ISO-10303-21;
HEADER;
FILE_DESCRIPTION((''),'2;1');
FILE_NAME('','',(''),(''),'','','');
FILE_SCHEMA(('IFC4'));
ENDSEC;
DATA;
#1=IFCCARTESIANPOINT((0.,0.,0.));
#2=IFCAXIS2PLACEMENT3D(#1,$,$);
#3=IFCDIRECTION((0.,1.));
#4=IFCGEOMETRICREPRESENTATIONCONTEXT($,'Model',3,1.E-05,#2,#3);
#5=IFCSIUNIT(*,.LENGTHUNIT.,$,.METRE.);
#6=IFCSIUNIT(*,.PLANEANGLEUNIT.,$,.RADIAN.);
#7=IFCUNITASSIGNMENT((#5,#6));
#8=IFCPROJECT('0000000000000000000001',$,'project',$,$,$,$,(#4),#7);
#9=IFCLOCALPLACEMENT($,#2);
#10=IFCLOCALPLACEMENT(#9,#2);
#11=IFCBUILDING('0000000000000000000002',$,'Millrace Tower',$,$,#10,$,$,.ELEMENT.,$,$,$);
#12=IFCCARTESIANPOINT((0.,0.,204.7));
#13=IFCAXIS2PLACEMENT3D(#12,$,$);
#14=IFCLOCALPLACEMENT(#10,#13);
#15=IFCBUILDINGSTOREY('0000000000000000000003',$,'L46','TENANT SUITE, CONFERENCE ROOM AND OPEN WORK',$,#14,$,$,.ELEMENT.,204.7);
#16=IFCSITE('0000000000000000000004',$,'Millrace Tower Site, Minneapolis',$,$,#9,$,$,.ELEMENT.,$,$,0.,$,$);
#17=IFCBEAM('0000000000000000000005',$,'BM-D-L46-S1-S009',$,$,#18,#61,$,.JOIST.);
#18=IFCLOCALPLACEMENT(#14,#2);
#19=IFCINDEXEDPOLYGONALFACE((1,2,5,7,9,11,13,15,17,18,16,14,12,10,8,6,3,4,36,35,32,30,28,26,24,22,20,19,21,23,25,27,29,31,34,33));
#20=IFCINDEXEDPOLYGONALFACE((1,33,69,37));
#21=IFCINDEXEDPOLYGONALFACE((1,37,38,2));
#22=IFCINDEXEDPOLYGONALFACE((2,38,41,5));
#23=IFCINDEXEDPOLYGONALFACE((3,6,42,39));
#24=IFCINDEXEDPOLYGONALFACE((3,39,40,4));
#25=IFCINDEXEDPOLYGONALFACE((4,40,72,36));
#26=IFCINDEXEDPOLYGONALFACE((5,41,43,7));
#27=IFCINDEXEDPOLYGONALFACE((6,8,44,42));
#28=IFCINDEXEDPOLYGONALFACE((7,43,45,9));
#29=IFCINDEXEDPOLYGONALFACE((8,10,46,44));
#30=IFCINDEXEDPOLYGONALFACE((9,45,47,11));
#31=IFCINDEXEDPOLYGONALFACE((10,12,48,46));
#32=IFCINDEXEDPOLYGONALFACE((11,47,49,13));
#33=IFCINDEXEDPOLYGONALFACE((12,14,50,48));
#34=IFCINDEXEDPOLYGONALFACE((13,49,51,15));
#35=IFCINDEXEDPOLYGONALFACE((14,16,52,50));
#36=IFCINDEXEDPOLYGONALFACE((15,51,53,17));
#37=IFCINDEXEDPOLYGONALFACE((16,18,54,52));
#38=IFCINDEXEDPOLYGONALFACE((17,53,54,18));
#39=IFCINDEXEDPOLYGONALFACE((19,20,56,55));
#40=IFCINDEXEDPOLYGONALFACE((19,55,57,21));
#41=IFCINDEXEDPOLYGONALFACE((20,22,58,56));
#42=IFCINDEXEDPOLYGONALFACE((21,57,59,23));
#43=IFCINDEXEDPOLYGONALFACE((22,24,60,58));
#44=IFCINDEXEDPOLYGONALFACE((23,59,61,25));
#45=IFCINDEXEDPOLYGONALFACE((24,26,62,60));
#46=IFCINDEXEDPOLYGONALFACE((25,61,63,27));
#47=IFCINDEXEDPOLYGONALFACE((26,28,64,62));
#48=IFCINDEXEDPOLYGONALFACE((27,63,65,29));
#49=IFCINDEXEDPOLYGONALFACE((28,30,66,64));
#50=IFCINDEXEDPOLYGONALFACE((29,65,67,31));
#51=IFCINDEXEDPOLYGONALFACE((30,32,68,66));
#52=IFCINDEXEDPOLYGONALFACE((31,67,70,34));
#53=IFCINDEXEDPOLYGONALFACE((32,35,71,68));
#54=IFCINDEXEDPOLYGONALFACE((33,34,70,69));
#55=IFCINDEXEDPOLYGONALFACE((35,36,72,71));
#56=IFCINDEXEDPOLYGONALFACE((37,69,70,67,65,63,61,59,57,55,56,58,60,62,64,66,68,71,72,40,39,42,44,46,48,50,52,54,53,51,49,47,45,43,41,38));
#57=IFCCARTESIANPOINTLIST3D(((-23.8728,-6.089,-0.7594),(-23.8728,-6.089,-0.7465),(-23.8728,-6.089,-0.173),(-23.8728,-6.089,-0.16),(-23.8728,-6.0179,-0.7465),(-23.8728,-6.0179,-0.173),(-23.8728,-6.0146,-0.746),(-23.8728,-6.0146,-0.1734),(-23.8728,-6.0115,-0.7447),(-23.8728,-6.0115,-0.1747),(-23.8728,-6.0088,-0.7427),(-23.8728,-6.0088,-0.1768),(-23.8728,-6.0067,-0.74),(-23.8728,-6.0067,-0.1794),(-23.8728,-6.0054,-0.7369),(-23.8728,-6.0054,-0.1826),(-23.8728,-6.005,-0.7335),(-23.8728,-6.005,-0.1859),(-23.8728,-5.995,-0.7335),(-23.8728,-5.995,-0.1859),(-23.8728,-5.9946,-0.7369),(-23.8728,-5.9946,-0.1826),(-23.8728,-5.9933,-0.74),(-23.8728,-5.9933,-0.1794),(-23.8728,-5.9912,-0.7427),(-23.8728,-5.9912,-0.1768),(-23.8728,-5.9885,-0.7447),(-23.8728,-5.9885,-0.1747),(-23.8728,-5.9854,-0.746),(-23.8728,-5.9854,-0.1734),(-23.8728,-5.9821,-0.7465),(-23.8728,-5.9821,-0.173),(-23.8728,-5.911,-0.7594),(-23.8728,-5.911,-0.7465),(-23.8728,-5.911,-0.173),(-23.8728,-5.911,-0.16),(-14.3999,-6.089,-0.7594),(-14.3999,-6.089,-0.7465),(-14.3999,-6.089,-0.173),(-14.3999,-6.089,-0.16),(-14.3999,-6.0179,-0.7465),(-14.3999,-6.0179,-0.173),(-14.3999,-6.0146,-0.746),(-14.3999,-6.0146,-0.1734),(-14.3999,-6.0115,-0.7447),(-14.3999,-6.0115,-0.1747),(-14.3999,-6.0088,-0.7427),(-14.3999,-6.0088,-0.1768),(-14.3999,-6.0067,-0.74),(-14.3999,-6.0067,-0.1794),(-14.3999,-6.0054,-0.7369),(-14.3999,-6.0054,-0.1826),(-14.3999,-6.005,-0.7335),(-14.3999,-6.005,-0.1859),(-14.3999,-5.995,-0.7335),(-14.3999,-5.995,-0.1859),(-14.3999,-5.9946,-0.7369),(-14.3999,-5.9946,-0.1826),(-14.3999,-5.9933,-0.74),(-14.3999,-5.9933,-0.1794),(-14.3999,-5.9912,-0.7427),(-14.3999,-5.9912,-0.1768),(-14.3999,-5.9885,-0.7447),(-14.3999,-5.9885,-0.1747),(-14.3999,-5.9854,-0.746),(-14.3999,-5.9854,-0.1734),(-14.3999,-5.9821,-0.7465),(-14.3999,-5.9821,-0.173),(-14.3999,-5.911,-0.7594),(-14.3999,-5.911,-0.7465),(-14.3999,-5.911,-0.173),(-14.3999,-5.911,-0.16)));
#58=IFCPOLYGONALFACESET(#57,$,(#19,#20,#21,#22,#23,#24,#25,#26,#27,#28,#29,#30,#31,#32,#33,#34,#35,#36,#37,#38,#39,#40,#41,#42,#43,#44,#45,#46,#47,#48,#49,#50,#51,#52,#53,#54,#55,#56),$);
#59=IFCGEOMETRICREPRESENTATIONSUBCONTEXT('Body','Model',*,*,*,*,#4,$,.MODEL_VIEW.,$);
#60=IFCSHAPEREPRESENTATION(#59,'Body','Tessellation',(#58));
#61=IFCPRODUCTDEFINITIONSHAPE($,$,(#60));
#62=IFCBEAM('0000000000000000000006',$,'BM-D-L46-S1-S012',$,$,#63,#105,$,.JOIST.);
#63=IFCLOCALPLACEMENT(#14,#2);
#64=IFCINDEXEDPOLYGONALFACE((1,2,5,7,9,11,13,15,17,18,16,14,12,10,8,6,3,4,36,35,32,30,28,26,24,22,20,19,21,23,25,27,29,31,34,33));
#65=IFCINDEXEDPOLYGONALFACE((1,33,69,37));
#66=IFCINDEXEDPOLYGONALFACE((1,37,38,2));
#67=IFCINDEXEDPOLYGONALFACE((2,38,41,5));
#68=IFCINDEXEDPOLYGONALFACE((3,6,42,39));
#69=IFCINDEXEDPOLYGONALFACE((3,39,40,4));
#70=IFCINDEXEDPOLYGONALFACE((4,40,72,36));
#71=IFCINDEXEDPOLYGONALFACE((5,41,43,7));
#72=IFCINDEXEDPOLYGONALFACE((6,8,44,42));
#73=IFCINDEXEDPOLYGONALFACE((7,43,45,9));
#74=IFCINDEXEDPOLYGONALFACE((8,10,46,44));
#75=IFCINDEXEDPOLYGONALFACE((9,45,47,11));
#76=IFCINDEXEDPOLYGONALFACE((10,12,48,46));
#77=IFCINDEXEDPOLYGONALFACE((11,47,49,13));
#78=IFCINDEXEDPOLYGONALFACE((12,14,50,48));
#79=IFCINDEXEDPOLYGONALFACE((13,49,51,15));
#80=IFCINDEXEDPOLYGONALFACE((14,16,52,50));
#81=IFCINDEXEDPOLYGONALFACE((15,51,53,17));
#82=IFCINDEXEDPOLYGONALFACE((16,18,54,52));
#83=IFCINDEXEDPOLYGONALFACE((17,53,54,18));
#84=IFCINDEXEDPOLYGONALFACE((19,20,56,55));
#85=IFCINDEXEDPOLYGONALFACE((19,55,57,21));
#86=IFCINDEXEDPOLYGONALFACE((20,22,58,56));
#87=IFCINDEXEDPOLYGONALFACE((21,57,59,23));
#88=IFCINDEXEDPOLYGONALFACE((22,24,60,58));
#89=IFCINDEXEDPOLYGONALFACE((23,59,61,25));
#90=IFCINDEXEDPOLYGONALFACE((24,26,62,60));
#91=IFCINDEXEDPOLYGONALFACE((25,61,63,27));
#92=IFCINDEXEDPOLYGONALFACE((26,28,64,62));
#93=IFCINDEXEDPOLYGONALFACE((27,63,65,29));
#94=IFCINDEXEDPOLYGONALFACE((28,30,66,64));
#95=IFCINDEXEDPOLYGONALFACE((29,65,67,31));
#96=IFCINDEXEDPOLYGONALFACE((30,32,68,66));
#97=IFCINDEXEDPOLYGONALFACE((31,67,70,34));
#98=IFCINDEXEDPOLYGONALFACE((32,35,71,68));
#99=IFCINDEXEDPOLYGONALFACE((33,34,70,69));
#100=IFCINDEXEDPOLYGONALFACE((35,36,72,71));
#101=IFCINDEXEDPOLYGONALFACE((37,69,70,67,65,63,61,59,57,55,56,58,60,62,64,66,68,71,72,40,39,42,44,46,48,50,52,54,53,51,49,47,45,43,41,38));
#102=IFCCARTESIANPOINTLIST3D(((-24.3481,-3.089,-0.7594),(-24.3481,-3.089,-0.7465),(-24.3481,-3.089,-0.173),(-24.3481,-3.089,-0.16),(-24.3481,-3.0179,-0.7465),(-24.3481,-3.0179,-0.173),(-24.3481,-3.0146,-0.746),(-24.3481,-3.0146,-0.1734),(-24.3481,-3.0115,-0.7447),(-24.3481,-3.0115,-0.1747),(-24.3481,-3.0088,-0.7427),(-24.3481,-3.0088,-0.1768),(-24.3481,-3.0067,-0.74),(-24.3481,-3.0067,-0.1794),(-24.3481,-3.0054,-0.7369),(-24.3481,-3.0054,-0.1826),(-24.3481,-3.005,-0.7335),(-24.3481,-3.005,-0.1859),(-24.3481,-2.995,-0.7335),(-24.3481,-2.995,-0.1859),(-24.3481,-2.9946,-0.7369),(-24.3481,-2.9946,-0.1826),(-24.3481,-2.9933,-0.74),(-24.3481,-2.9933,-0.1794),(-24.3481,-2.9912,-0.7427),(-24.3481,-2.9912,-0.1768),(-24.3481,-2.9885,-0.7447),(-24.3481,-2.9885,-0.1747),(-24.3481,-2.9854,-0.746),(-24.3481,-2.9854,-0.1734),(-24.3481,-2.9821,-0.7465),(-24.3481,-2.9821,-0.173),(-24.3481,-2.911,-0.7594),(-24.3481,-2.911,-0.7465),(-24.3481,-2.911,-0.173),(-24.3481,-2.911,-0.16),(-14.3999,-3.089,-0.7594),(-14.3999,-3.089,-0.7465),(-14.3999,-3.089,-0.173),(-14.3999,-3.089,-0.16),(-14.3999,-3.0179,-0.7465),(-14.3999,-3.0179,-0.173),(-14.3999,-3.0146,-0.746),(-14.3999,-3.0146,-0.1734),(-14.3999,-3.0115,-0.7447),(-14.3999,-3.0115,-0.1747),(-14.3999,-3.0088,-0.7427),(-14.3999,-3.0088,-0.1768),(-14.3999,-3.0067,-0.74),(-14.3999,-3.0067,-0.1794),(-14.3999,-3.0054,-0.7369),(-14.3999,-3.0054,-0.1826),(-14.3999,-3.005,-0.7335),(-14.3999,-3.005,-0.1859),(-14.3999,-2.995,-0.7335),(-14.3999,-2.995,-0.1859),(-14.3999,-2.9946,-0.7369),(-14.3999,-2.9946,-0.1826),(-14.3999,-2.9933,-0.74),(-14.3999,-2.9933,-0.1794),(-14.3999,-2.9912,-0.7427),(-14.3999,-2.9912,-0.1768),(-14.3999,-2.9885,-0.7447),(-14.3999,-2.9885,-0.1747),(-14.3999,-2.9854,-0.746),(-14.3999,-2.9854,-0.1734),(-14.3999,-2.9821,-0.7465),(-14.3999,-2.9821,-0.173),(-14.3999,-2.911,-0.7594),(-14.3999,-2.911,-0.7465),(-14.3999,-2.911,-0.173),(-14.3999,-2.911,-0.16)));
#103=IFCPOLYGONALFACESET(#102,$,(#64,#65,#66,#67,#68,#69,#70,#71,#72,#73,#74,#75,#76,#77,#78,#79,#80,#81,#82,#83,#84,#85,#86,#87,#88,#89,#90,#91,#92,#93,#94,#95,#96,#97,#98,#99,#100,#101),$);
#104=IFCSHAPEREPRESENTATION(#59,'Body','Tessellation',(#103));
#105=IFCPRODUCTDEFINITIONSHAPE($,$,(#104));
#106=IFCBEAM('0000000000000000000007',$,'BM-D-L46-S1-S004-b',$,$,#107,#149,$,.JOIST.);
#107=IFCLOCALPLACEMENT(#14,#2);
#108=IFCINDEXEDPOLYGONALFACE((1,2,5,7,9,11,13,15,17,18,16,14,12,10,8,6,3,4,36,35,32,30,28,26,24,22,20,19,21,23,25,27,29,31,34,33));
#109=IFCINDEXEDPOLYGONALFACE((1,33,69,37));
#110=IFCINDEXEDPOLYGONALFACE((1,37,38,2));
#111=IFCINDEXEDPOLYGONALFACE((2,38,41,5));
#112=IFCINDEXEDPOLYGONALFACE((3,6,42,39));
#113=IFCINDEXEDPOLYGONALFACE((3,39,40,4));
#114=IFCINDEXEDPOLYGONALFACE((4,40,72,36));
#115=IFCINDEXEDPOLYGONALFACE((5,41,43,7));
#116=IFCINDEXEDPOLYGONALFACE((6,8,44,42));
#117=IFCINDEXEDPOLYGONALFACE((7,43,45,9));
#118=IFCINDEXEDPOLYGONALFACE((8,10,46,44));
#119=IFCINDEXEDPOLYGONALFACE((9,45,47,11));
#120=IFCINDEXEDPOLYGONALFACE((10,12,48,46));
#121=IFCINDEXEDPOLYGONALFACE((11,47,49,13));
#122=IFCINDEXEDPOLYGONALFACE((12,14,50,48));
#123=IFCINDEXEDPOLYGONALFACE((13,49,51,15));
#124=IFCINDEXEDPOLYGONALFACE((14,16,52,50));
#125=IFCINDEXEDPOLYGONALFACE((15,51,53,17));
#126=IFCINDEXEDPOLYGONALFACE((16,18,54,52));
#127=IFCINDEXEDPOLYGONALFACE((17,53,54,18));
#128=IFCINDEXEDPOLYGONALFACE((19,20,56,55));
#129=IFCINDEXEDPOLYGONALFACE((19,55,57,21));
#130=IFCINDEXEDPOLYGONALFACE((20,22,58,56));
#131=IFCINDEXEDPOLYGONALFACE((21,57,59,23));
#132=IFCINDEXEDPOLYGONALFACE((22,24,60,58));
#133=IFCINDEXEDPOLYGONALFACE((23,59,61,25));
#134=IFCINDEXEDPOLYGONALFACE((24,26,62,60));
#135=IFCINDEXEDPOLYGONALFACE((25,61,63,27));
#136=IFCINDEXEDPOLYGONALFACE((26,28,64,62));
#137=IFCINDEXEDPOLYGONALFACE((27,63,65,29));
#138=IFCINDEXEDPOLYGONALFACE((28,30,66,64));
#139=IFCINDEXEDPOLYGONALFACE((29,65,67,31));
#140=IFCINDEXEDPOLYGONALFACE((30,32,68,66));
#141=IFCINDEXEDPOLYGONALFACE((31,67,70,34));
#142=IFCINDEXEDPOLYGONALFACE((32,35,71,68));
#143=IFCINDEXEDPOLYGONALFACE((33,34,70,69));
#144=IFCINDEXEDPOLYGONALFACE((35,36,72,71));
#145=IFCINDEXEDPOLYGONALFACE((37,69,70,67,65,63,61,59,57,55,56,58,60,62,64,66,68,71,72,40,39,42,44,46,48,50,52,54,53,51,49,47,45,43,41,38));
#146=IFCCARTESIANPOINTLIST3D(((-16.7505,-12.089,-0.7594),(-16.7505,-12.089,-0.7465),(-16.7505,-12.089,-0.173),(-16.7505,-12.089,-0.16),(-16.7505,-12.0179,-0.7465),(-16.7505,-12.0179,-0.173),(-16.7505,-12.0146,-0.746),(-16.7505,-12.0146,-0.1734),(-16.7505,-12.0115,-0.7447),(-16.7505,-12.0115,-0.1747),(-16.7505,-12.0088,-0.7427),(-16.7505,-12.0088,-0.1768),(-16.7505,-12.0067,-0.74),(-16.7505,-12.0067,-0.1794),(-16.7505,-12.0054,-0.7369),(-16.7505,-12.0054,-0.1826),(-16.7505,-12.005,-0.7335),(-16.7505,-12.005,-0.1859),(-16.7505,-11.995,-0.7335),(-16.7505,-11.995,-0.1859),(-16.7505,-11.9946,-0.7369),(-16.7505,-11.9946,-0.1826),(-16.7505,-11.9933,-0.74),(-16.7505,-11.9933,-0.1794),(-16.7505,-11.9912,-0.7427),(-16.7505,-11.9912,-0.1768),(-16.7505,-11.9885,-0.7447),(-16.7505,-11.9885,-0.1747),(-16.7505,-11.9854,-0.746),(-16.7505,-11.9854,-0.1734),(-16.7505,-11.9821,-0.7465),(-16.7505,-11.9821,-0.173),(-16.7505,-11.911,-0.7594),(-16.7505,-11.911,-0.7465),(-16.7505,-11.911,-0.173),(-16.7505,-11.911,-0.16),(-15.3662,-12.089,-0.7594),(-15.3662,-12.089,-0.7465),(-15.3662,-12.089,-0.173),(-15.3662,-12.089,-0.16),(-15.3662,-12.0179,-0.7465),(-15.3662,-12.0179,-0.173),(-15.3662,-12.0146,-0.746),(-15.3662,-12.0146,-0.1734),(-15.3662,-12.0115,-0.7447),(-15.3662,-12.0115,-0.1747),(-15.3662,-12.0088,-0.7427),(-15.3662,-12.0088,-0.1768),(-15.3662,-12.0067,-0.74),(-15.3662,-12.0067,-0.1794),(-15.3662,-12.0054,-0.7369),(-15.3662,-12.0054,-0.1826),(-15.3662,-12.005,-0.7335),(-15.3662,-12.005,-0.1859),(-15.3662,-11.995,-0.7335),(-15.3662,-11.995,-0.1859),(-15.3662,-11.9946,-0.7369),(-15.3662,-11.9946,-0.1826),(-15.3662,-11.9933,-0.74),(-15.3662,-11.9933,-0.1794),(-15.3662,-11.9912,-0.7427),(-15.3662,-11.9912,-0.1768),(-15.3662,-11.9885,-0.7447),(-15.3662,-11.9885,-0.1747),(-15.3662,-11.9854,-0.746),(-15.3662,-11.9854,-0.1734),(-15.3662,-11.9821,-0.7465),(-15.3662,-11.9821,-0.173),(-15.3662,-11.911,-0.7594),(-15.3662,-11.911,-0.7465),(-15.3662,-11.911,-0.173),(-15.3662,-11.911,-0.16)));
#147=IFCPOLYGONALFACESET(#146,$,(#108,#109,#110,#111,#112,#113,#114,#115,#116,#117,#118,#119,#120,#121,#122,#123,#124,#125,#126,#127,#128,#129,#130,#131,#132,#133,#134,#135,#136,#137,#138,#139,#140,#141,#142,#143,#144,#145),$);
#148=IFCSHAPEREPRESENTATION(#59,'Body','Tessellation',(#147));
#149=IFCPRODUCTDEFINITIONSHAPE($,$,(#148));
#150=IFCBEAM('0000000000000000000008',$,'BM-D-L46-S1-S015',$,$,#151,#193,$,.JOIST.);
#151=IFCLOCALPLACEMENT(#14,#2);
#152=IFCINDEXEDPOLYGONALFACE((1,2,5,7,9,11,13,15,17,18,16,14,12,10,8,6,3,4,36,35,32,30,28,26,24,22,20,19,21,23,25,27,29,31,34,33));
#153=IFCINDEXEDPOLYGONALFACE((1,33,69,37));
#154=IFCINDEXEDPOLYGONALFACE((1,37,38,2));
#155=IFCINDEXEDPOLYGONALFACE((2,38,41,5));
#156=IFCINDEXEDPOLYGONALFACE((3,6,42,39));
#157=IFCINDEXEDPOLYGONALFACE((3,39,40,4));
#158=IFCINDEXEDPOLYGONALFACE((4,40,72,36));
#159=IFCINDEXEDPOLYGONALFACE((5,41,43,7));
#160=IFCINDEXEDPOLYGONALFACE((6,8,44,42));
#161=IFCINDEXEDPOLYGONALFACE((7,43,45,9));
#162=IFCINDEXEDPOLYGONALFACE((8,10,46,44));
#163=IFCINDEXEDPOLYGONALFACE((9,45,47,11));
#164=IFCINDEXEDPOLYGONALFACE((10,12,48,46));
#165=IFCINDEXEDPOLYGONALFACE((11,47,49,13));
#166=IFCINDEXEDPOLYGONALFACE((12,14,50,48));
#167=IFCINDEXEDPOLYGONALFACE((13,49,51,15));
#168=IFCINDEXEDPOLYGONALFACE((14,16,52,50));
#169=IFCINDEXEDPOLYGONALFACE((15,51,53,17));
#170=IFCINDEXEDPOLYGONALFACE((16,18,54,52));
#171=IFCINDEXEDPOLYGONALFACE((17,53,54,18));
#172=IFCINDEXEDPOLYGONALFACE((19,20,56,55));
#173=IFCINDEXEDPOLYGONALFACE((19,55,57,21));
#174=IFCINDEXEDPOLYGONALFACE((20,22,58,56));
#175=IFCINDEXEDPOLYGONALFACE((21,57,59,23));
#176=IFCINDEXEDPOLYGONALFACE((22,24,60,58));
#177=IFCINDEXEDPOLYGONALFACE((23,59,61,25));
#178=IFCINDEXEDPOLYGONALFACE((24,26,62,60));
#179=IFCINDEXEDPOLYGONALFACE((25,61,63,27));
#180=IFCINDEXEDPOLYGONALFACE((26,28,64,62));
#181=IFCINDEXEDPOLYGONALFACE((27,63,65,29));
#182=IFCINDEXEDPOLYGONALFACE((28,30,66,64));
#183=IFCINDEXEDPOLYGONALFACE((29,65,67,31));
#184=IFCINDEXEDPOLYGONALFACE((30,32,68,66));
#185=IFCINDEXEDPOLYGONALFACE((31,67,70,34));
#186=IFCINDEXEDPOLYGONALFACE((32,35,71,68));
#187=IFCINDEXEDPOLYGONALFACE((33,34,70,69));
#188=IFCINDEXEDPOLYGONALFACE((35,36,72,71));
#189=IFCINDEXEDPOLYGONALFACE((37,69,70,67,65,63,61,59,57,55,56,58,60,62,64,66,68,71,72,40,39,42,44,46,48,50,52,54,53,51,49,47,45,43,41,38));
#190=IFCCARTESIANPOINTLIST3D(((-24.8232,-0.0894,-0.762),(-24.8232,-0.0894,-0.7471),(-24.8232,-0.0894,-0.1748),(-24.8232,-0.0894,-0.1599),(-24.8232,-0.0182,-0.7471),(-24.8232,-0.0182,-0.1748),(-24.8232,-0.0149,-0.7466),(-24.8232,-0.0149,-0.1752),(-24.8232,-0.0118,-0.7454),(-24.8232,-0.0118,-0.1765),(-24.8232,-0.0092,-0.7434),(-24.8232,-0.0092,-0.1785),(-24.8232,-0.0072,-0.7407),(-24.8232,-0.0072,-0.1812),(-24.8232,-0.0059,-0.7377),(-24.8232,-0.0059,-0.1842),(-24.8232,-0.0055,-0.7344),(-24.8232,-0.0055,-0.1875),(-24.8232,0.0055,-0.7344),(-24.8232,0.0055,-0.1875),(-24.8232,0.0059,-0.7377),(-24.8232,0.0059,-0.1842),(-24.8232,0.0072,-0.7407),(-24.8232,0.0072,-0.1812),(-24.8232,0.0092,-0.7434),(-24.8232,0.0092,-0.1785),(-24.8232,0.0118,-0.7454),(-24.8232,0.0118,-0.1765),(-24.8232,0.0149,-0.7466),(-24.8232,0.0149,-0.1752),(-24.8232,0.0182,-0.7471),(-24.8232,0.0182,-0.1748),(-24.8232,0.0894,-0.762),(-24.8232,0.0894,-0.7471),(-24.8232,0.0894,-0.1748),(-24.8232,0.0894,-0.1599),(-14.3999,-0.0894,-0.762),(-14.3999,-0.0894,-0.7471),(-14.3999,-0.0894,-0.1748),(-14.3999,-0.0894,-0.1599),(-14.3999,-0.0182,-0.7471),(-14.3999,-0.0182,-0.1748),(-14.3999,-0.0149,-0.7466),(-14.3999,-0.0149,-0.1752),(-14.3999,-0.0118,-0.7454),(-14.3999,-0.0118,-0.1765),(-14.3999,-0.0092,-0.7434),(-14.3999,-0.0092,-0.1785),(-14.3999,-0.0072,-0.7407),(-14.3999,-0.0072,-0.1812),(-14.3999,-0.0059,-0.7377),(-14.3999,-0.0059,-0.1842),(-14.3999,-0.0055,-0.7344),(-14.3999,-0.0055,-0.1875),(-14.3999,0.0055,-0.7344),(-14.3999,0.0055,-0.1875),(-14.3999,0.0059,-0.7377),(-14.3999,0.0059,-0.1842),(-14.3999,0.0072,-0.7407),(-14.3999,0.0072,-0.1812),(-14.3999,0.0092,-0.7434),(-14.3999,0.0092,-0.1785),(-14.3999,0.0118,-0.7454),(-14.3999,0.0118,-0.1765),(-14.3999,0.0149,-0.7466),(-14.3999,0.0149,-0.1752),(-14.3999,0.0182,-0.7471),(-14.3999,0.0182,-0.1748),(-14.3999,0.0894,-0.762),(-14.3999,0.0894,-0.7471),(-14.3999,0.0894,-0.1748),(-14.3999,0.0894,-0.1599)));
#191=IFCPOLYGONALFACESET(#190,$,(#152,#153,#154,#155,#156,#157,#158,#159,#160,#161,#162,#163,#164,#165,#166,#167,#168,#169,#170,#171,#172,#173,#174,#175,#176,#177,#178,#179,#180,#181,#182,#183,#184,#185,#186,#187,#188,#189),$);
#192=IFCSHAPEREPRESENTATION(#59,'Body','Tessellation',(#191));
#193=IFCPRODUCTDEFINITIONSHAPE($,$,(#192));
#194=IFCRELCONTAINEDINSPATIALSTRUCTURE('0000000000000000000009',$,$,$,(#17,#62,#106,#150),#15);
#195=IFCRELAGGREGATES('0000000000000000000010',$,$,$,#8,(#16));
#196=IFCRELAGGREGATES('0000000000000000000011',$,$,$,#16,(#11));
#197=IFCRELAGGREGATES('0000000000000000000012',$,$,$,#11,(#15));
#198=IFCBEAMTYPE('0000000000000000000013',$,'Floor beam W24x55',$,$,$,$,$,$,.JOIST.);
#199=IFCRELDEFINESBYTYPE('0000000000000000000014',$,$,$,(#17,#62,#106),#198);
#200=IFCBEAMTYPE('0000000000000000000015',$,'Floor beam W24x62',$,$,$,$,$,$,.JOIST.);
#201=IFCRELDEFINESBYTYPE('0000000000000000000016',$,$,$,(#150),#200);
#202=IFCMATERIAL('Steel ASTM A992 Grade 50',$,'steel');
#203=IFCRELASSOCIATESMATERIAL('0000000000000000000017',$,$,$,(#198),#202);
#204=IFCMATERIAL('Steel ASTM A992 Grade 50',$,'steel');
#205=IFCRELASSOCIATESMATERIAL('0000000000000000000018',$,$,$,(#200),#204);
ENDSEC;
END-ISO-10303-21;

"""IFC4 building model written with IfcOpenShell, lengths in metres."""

from ifc_helpers import new_model, si_unit, direction, frame, origin, origin_2d, place, context, subcontext, project, spatial, i_section, extrude, material, material_profile, profile_set, type_object, element, save


model = new_model("IFC4")

# Units and contexts
model_context = context("Model", 3, precision=1e-05, world=origin(), true_north=direction((0.0, 1.0)))
body_context = subcontext(model_context, "Body", "Model", "MODEL_VIEW")
ifc_project = project(units=[si_unit("LENGTHUNIT", "METRE"), si_unit("PLANEANGLEUNIT", "RADIAN")], contexts=[model_context])

# Site, building, storey
site_placement = place(None, origin())
site = spatial("IfcSite", under=ifc_project, at=site_placement, Name="Millrace Tower Site, Minneapolis", CompositionType="ELEMENT", RefElevation=0.0)
building_placement = place(site_placement, origin())
building = spatial("IfcBuilding", under=site, at=building_placement, Name="Millrace Tower", CompositionType="ELEMENT")
storey_placement = place(building_placement, frame((0.0, 0.0, 204.7)))
storey = spatial("IfcBuildingStorey", under=building, at=storey_placement, Name="L46", Description="TENANT SUITE, CONFERENCE ROOM AND OPEN WORK", CompositionType="ELEMENT", Elevation=204.7)

# Beams
ifc_material_1 = material(Name="Steel ASTM A992 Grade 50", Category="steel")
ifc_material_profile_1 = material_profile(ifc_material_1, i_section(OverallWidth=0.178, OverallDepth=0.5994, WebThickness=0.01, FlangeThickness=0.0129, FilletRadius=0.0129, at=origin_2d()))
ifc_profile_set_1 = profile_set([ifc_material_profile_1], Name="Steel ASTM A992 Grade 50")
beam_type_1 = type_object("IfcBeamType", Name="Floor beam W24x55", PredefinedType="JOIST", material=ifc_profile_set_1)
beam_1_placement = place(storey_placement, frame((-23.8728, -6.0, -0.4597), z_axis=(1.0, 0.0, 0.0), x_axis=(0.0, 1.0, 0.0)))
element("IfcBeam", 1, at=beam_1_placement, inside=storey, type_object=beam_type_1, Name="BM-D-L46-S1-S009", PredefinedType="JOIST", context=body_context, shape_type="SweptSolid", body=[
    extrude(i_section(OverallWidth=0.178, OverallDepth=0.5994, WebThickness=0.01, FlangeThickness=0.0129, FilletRadius=0.0129, at=origin_2d()), origin(), (0.0, 0.0, 1.0), 9.4729),
])
beam_2_placement = place(storey_placement, frame((-24.3481, -3.0, -0.4597), z_axis=(1.0, 0.0, 0.0), x_axis=(0.0, 1.0, 0.0)))
element("IfcBeam", 2, at=beam_2_placement, inside=storey, type_object=beam_type_1, Name="BM-D-L46-S1-S012", PredefinedType="JOIST", context=body_context, shape_type="SweptSolid", body=[
    extrude(i_section(OverallWidth=0.178, OverallDepth=0.5994, WebThickness=0.01, FlangeThickness=0.0129, FilletRadius=0.0129, at=origin_2d()), origin(), (0.0, 0.0, 1.0), 9.9482),
])
beam_3_placement = place(storey_placement, frame((-16.7505, -12.0, -0.4597), z_axis=(1.0, 0.0, 0.0), x_axis=(0.0, 1.0, 0.0)))
element("IfcBeam", 3, at=beam_3_placement, inside=storey, type_object=beam_type_1, Name="BM-D-L46-S1-S004-b", PredefinedType="JOIST", context=body_context, shape_type="SweptSolid", body=[
    extrude(i_section(OverallWidth=0.178, OverallDepth=0.5994, WebThickness=0.01, FlangeThickness=0.0129, FilletRadius=0.0129, at=origin_2d()), origin(), (0.0, 0.0, 1.0), 1.3843),
])
ifc_material_2 = material(Name="Steel ASTM A992 Grade 50", Category="steel")
ifc_material_profile_2 = material_profile(ifc_material_2, i_section(OverallWidth=0.1787, OverallDepth=0.6021, WebThickness=0.011, FlangeThickness=0.0149, FilletRadius=0.0127, at=origin_2d()))
ifc_profile_set_2 = profile_set([ifc_material_profile_2], Name="Steel ASTM A992 Grade 50")
beam_type_2 = type_object("IfcBeamType", Name="Floor beam W24x62", PredefinedType="JOIST", material=ifc_profile_set_2)
beam_4_placement = place(storey_placement, frame((-24.8232, 0.0, -0.4609), z_axis=(1.0, 0.0, 0.0), x_axis=(0.0, 1.0, 0.0)))
element("IfcBeam", 4, at=beam_4_placement, inside=storey, type_object=beam_type_2, Name="BM-D-L46-S1-S015", PredefinedType="JOIST", context=body_context, shape_type="SweptSolid", body=[
    extrude(i_section(OverallWidth=0.1787, OverallDepth=0.6021, WebThickness=0.011, FlangeThickness=0.0149, FilletRadius=0.0127, at=origin_2d()), origin(), (0.0, 0.0, 1.0), 10.4233),
])

save(model, "model.ifc")
